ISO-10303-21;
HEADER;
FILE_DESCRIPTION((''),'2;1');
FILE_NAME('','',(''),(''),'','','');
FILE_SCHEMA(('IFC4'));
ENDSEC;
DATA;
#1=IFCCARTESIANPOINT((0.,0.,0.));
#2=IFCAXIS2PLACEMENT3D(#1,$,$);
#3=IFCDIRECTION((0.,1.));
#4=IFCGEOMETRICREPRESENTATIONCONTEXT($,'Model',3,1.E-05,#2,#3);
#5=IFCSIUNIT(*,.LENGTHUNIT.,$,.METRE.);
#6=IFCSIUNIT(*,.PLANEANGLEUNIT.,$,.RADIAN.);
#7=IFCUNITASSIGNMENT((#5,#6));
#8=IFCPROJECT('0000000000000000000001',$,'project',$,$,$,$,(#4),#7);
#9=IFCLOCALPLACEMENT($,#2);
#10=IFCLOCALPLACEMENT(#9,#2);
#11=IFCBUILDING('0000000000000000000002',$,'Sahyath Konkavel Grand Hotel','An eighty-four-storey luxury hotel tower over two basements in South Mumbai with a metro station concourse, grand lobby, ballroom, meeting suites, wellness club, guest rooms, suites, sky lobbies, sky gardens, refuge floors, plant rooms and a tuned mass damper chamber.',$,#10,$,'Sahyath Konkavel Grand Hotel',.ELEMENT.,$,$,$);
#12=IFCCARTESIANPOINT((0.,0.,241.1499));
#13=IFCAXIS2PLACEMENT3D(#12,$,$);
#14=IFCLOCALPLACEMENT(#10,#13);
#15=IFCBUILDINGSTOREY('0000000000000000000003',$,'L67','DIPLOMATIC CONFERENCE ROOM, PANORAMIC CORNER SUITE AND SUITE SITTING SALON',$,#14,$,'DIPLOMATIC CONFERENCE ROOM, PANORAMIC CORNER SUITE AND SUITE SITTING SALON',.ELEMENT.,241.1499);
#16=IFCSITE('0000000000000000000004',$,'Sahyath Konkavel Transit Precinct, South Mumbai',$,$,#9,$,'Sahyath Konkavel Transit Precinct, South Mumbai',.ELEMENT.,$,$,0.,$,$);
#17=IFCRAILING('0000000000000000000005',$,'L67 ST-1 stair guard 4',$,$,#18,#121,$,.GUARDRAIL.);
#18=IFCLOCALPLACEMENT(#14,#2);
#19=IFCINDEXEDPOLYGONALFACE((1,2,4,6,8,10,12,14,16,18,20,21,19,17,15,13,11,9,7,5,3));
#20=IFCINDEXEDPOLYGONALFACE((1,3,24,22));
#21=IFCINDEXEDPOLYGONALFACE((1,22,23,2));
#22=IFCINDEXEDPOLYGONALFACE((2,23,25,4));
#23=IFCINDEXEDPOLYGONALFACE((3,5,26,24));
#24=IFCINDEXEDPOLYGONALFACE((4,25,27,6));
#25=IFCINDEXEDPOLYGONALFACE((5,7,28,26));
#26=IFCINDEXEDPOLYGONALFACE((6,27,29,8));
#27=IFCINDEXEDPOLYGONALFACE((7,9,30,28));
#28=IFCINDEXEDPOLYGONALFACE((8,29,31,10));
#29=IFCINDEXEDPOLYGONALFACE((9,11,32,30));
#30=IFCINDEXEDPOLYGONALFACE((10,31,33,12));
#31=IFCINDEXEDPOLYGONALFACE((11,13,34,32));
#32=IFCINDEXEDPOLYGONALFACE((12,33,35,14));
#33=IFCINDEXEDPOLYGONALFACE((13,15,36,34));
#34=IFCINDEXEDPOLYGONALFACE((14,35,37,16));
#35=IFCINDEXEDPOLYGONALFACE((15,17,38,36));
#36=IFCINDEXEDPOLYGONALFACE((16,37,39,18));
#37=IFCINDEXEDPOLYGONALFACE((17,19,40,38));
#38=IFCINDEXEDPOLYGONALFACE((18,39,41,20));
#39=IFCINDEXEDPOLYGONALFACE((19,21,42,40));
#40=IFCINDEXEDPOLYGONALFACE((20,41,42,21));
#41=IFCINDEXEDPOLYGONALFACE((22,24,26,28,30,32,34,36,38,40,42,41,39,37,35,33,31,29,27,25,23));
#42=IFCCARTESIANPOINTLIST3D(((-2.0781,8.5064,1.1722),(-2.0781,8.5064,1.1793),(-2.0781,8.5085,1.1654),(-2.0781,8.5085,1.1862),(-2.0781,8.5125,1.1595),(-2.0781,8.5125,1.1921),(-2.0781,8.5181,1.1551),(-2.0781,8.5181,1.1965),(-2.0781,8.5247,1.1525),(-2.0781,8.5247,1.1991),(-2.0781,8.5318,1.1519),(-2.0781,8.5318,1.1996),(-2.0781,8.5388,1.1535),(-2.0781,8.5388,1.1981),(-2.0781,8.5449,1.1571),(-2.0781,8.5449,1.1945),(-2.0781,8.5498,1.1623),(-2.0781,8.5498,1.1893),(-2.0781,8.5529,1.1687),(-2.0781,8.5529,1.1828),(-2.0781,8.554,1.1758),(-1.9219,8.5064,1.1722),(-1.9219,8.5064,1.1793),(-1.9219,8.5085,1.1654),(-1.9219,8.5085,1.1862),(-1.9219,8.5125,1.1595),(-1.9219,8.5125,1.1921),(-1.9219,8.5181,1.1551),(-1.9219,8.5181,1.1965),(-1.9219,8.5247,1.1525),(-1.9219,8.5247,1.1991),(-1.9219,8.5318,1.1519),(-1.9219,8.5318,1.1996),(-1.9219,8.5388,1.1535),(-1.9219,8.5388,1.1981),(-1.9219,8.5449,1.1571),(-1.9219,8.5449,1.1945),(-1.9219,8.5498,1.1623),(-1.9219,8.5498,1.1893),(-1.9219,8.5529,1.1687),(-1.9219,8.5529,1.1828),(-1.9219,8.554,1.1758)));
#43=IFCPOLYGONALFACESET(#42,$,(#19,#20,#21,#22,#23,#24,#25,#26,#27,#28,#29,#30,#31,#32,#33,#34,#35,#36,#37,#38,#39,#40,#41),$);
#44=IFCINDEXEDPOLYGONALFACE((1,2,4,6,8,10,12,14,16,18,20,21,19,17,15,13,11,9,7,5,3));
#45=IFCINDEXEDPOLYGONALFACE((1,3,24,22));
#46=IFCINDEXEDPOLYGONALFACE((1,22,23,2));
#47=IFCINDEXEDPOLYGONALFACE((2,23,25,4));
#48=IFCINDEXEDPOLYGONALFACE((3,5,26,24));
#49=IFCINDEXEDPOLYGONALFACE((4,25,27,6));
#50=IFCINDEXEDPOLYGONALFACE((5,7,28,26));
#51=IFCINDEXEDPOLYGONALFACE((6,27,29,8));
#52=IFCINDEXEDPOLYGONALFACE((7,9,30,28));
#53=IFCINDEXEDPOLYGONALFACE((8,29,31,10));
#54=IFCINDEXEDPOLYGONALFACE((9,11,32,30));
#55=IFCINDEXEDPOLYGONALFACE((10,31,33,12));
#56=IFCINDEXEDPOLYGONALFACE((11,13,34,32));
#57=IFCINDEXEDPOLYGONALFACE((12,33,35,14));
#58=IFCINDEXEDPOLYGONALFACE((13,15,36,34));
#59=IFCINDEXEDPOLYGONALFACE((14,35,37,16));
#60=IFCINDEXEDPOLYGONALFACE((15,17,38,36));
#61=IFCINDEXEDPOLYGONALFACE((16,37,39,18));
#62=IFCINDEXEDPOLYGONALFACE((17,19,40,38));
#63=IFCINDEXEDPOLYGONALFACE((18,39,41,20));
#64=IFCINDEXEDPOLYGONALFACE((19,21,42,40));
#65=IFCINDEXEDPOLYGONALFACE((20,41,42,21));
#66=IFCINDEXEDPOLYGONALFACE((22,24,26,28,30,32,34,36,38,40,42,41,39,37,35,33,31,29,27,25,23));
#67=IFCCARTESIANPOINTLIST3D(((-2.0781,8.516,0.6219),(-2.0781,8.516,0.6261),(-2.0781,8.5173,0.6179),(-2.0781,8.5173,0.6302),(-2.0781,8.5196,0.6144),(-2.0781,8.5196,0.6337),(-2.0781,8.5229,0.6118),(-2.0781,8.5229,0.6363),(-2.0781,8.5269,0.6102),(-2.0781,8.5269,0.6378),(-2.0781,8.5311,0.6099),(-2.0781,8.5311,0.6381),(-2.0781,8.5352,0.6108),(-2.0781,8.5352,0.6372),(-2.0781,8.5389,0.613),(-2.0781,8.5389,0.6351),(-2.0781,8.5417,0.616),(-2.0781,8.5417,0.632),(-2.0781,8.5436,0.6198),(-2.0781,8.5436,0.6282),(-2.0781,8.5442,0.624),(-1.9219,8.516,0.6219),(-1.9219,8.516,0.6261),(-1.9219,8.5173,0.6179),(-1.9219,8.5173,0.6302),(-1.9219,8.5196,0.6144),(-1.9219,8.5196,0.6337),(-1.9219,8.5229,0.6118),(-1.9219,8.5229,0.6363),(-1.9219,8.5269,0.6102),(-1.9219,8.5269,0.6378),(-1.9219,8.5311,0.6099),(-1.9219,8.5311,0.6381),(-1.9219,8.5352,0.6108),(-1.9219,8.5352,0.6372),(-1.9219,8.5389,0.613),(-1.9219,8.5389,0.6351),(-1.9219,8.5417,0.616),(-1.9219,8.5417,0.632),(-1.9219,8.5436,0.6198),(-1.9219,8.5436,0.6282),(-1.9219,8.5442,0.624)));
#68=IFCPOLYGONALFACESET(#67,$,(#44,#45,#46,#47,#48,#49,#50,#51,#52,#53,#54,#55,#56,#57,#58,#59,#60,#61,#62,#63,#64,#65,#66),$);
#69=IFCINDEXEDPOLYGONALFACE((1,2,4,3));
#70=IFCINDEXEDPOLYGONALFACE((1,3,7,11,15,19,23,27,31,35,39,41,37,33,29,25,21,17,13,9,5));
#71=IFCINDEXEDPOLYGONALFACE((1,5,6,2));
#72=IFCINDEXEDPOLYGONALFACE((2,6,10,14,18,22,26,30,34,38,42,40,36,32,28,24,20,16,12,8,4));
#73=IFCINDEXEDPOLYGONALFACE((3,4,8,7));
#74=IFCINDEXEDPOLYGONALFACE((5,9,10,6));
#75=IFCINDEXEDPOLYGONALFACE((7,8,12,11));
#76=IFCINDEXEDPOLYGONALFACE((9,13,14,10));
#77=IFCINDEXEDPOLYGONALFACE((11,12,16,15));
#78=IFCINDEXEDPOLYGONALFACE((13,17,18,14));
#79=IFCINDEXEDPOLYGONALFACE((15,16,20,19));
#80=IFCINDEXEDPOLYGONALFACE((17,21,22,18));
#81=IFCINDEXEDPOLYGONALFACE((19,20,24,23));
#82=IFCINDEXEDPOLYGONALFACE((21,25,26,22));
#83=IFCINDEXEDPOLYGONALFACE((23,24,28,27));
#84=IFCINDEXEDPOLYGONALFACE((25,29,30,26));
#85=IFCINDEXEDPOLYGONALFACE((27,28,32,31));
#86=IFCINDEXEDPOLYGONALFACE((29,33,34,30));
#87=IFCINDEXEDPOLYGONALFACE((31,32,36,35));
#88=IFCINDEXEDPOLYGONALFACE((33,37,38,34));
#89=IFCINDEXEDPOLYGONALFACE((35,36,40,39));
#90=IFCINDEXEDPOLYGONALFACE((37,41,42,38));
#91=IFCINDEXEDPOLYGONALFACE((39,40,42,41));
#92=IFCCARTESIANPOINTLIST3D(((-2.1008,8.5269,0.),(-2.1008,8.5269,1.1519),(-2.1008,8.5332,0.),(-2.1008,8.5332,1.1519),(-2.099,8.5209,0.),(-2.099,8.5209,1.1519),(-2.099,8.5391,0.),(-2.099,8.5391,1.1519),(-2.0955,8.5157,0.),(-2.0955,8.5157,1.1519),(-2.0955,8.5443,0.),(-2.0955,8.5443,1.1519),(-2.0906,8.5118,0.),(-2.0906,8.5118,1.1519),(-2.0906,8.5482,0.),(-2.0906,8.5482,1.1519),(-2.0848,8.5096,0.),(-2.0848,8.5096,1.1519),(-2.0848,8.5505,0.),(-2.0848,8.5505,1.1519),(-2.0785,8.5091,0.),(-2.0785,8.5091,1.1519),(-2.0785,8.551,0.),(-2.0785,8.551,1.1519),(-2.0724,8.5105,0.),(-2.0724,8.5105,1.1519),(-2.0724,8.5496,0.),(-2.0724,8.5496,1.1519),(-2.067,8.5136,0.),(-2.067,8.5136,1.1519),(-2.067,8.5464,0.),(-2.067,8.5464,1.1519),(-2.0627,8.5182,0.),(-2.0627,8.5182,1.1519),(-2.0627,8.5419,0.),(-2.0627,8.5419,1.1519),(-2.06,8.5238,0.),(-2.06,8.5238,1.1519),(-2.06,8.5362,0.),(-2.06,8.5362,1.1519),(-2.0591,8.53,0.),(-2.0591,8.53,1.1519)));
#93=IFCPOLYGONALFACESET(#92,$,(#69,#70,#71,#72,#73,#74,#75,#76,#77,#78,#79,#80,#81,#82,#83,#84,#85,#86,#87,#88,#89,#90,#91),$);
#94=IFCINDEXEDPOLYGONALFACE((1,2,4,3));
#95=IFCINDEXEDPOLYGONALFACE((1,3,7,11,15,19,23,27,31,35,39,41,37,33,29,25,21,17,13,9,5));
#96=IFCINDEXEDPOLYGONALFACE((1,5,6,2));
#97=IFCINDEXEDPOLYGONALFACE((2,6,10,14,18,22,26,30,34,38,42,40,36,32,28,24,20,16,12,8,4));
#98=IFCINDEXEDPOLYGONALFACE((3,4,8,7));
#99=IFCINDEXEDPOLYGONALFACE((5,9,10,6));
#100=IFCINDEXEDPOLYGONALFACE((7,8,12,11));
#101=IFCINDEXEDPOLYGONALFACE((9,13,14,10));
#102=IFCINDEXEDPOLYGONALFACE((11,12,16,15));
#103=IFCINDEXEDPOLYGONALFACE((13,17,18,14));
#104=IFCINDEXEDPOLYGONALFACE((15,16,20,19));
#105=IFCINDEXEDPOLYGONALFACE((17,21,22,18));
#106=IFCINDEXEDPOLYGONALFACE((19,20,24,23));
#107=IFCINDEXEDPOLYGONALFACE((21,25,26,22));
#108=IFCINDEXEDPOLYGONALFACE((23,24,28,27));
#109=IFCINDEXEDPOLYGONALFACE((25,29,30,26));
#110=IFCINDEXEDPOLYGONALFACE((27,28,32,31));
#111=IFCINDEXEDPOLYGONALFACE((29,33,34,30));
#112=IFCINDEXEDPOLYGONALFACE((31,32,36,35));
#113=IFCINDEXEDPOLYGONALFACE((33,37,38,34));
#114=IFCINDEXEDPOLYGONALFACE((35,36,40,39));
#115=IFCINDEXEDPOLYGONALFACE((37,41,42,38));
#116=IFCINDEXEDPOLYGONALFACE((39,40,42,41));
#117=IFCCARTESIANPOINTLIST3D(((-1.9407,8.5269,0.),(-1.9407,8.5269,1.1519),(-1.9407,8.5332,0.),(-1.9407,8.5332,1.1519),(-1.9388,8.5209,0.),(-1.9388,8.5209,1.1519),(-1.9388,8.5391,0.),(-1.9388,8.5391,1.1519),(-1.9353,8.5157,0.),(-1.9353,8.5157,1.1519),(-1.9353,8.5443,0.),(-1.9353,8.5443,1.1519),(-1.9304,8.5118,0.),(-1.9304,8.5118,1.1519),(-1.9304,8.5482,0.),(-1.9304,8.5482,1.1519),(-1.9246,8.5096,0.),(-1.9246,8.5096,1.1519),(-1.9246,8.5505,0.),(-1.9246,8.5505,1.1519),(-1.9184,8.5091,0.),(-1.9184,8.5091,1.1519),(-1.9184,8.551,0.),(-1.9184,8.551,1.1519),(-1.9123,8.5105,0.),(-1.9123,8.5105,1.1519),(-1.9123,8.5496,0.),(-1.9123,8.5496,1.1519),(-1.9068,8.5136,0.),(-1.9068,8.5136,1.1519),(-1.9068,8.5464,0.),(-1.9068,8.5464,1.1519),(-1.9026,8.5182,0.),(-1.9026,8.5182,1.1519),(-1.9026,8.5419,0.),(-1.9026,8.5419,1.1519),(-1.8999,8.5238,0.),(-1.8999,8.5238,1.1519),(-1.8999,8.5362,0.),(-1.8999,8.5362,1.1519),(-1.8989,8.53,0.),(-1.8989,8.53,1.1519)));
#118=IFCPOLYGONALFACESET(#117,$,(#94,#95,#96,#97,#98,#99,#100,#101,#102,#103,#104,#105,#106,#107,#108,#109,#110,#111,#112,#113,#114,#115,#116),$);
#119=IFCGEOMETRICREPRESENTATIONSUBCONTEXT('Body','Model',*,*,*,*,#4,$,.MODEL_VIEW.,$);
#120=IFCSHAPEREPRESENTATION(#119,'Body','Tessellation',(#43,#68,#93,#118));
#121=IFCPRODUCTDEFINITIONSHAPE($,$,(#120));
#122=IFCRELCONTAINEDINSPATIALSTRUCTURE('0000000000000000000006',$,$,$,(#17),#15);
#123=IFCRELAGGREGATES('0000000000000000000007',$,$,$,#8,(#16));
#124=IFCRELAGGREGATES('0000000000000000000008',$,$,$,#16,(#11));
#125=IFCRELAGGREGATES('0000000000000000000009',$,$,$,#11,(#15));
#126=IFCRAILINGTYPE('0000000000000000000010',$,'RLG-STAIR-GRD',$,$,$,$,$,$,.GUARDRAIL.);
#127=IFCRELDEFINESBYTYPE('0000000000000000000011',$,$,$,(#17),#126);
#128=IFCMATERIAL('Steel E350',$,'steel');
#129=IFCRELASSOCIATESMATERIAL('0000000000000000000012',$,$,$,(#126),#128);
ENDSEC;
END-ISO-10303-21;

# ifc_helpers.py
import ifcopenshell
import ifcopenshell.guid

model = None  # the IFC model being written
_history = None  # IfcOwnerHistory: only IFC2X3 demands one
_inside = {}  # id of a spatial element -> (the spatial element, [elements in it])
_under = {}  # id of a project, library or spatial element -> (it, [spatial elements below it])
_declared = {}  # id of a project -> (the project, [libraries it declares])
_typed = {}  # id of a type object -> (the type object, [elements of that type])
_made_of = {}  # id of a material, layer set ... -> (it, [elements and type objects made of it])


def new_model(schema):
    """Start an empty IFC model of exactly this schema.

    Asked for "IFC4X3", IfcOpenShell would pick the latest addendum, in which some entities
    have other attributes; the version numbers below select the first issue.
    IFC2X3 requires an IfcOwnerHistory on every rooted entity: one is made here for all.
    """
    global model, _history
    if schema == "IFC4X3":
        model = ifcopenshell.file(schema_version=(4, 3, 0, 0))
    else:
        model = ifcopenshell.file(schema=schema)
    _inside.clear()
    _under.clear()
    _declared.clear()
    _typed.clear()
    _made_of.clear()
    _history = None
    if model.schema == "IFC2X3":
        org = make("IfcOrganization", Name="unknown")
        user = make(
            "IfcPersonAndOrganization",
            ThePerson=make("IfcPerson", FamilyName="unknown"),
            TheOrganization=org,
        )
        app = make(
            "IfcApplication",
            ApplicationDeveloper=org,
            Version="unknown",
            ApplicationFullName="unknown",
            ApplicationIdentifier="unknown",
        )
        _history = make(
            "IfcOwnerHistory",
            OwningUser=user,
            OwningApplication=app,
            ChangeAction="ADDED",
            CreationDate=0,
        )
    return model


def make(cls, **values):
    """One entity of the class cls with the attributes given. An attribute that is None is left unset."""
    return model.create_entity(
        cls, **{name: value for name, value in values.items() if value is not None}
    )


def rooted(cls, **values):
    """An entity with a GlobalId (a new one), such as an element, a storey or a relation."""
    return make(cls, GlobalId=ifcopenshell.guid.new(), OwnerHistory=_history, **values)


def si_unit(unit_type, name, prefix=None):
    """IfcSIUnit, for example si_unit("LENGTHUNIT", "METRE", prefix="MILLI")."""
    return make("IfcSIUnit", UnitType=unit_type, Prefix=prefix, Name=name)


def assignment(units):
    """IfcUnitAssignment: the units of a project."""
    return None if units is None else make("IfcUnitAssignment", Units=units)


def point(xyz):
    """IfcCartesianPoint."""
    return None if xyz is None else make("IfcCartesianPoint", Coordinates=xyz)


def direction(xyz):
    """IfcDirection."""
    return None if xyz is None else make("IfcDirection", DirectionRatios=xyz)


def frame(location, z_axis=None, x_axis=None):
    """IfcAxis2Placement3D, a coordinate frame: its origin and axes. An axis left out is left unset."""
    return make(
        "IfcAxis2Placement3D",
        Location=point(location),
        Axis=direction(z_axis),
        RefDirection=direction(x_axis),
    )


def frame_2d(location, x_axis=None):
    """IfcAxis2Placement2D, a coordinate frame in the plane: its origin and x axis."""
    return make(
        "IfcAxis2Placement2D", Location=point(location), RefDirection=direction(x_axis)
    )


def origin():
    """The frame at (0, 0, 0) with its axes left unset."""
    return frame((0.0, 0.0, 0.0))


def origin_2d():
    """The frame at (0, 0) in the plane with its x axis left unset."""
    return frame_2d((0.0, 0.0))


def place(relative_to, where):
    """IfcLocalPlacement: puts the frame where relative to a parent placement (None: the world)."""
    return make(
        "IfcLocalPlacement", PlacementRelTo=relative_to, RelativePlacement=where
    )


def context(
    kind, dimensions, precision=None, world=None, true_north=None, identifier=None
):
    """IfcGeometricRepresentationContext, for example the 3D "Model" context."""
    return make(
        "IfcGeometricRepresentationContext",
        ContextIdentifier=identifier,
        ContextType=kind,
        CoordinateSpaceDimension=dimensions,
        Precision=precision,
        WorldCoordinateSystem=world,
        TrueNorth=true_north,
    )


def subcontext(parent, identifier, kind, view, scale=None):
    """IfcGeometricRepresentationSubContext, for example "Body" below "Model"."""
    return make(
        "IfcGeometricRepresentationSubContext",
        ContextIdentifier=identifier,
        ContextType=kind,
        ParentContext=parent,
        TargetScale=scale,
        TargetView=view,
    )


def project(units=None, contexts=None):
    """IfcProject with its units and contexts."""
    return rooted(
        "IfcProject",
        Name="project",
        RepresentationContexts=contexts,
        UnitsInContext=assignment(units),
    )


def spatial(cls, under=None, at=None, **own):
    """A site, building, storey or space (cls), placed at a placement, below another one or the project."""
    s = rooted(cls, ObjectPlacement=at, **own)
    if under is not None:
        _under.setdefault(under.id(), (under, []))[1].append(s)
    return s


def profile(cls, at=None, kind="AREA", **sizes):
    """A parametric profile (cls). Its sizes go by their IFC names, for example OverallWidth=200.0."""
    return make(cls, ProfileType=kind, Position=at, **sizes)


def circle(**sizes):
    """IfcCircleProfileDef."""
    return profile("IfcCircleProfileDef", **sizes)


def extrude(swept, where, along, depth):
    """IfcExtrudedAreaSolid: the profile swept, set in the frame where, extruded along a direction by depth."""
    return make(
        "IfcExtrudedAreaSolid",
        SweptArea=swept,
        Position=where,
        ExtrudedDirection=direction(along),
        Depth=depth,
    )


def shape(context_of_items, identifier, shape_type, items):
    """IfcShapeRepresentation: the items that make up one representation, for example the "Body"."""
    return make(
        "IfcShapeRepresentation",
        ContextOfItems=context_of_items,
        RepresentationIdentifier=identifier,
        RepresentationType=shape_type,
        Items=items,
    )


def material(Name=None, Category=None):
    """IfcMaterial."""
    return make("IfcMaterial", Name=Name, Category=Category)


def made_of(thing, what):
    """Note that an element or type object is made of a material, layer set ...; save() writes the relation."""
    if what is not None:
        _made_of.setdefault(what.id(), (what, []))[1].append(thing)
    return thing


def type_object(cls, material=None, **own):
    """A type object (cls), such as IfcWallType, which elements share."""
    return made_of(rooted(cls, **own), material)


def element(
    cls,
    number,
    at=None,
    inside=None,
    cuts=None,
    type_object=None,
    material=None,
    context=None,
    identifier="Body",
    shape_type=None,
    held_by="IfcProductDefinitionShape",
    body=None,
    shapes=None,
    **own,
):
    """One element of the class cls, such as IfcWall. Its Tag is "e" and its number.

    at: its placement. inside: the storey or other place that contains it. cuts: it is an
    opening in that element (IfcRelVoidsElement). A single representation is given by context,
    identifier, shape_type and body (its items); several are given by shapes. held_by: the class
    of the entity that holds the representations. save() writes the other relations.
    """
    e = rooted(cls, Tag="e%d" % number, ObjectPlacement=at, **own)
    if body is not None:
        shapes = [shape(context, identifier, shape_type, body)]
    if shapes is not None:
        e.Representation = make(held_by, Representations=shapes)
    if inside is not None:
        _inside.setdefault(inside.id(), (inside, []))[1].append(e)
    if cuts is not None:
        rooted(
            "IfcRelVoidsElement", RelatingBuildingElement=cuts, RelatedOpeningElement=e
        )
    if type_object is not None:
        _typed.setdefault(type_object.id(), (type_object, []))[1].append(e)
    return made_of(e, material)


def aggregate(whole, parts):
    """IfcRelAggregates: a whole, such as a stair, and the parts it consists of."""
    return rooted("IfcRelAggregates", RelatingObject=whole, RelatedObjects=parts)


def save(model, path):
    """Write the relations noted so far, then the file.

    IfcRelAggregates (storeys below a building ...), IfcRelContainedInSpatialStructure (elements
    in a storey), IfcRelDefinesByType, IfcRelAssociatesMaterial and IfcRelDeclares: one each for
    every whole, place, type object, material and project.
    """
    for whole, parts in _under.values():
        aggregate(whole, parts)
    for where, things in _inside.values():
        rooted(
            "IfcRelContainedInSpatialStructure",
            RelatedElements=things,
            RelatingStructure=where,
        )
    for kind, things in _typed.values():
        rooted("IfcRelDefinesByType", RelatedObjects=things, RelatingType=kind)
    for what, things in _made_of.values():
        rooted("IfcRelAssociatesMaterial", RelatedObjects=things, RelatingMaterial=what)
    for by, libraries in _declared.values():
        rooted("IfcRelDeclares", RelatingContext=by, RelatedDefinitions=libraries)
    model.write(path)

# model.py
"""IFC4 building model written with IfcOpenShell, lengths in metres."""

from ifc_helpers import new_model, si_unit, direction, frame, origin, origin_2d, place, context, subcontext, project, spatial, circle, extrude, material, type_object, element, save


model = new_model("IFC4")

# Units and contexts
model_context = context("Model", 3, precision=1e-05, world=origin(), true_north=direction((0.0, 1.0)))
body_context = subcontext(model_context, "Body", "Model", "MODEL_VIEW")
ifc_project = project(units=[si_unit("LENGTHUNIT", "METRE"), si_unit("PLANEANGLEUNIT", "RADIAN")], contexts=[model_context])

# Site, building, storey
site_placement = place(None, origin())
site = spatial("IfcSite", under=ifc_project, at=site_placement, Name="Sahyath Konkavel Transit Precinct, South Mumbai", LongName="Sahyath Konkavel Transit Precinct, South Mumbai", CompositionType="ELEMENT", RefElevation=0.0)
building_placement = place(site_placement, origin())
building = spatial("IfcBuilding", under=site, at=building_placement, Name="Sahyath Konkavel Grand Hotel", Description="An eighty-four-storey luxury hotel tower over two basements in South Mumbai with a metro station concourse, grand lobby, ballroom, meeting suites, wellness club, guest rooms, suites, sky lobbies, sky gardens, refuge floors, plant rooms and a tuned mass damper chamber.", LongName="Sahyath Konkavel Grand Hotel", CompositionType="ELEMENT")
storey_placement = place(building_placement, frame((0.0, 0.0, 241.1499)))
storey = spatial("IfcBuildingStorey", under=building, at=storey_placement, Name="L67", Description="DIPLOMATIC CONFERENCE ROOM, PANORAMIC CORNER SUITE AND SUITE SITTING SALON", LongName="DIPLOMATIC CONFERENCE ROOM, PANORAMIC CORNER SUITE AND SUITE SITTING SALON", CompositionType="ELEMENT", Elevation=241.1499)

# Shared definitions
ifc_material_1 = material(Name="Steel E350", Category="steel")

# Railing
railing_type_1 = type_object("IfcRailingType", Name="RLG-STAIR-GRD", PredefinedType="GUARDRAIL", material=ifc_material_1)
railing_1_placement = place(storey_placement, frame((-2.0801, 8.53, 0.0)))
element("IfcRailing", 1, at=railing_1_placement, inside=storey, type_object=railing_type_1, Name="L67 ST-1 stair guard 4", PredefinedType="GUARDRAIL", context=body_context, shape_type="SweptSolid", body=[
    extrude(circle(Radius=0.0239, at=origin_2d()), frame((0.002, 0.0, 1.1758), z_axis=(1.0, 0.0, 0.0), x_axis=(0.0, 1.0, 0.0)), (0.0, 0.0, 1.0), 0.1562),
    extrude(circle(Radius=0.0142, at=origin_2d()), frame((0.002, 0.0, 0.624), z_axis=(1.0, 0.0, 0.0), x_axis=(0.0, 1.0, 0.0)), (0.0, 0.0, 1.0), 0.1562),
    extrude(circle(Radius=0.021, at=origin_2d()), origin(), (0.0, 0.0, 1.0), 1.1519),
    extrude(circle(Radius=0.021, at=origin_2d()), frame((0.1602, 0.0, 0.0)), (0.0, 0.0, 1.0), 1.1519),
])

save(model, "model.ifc")
